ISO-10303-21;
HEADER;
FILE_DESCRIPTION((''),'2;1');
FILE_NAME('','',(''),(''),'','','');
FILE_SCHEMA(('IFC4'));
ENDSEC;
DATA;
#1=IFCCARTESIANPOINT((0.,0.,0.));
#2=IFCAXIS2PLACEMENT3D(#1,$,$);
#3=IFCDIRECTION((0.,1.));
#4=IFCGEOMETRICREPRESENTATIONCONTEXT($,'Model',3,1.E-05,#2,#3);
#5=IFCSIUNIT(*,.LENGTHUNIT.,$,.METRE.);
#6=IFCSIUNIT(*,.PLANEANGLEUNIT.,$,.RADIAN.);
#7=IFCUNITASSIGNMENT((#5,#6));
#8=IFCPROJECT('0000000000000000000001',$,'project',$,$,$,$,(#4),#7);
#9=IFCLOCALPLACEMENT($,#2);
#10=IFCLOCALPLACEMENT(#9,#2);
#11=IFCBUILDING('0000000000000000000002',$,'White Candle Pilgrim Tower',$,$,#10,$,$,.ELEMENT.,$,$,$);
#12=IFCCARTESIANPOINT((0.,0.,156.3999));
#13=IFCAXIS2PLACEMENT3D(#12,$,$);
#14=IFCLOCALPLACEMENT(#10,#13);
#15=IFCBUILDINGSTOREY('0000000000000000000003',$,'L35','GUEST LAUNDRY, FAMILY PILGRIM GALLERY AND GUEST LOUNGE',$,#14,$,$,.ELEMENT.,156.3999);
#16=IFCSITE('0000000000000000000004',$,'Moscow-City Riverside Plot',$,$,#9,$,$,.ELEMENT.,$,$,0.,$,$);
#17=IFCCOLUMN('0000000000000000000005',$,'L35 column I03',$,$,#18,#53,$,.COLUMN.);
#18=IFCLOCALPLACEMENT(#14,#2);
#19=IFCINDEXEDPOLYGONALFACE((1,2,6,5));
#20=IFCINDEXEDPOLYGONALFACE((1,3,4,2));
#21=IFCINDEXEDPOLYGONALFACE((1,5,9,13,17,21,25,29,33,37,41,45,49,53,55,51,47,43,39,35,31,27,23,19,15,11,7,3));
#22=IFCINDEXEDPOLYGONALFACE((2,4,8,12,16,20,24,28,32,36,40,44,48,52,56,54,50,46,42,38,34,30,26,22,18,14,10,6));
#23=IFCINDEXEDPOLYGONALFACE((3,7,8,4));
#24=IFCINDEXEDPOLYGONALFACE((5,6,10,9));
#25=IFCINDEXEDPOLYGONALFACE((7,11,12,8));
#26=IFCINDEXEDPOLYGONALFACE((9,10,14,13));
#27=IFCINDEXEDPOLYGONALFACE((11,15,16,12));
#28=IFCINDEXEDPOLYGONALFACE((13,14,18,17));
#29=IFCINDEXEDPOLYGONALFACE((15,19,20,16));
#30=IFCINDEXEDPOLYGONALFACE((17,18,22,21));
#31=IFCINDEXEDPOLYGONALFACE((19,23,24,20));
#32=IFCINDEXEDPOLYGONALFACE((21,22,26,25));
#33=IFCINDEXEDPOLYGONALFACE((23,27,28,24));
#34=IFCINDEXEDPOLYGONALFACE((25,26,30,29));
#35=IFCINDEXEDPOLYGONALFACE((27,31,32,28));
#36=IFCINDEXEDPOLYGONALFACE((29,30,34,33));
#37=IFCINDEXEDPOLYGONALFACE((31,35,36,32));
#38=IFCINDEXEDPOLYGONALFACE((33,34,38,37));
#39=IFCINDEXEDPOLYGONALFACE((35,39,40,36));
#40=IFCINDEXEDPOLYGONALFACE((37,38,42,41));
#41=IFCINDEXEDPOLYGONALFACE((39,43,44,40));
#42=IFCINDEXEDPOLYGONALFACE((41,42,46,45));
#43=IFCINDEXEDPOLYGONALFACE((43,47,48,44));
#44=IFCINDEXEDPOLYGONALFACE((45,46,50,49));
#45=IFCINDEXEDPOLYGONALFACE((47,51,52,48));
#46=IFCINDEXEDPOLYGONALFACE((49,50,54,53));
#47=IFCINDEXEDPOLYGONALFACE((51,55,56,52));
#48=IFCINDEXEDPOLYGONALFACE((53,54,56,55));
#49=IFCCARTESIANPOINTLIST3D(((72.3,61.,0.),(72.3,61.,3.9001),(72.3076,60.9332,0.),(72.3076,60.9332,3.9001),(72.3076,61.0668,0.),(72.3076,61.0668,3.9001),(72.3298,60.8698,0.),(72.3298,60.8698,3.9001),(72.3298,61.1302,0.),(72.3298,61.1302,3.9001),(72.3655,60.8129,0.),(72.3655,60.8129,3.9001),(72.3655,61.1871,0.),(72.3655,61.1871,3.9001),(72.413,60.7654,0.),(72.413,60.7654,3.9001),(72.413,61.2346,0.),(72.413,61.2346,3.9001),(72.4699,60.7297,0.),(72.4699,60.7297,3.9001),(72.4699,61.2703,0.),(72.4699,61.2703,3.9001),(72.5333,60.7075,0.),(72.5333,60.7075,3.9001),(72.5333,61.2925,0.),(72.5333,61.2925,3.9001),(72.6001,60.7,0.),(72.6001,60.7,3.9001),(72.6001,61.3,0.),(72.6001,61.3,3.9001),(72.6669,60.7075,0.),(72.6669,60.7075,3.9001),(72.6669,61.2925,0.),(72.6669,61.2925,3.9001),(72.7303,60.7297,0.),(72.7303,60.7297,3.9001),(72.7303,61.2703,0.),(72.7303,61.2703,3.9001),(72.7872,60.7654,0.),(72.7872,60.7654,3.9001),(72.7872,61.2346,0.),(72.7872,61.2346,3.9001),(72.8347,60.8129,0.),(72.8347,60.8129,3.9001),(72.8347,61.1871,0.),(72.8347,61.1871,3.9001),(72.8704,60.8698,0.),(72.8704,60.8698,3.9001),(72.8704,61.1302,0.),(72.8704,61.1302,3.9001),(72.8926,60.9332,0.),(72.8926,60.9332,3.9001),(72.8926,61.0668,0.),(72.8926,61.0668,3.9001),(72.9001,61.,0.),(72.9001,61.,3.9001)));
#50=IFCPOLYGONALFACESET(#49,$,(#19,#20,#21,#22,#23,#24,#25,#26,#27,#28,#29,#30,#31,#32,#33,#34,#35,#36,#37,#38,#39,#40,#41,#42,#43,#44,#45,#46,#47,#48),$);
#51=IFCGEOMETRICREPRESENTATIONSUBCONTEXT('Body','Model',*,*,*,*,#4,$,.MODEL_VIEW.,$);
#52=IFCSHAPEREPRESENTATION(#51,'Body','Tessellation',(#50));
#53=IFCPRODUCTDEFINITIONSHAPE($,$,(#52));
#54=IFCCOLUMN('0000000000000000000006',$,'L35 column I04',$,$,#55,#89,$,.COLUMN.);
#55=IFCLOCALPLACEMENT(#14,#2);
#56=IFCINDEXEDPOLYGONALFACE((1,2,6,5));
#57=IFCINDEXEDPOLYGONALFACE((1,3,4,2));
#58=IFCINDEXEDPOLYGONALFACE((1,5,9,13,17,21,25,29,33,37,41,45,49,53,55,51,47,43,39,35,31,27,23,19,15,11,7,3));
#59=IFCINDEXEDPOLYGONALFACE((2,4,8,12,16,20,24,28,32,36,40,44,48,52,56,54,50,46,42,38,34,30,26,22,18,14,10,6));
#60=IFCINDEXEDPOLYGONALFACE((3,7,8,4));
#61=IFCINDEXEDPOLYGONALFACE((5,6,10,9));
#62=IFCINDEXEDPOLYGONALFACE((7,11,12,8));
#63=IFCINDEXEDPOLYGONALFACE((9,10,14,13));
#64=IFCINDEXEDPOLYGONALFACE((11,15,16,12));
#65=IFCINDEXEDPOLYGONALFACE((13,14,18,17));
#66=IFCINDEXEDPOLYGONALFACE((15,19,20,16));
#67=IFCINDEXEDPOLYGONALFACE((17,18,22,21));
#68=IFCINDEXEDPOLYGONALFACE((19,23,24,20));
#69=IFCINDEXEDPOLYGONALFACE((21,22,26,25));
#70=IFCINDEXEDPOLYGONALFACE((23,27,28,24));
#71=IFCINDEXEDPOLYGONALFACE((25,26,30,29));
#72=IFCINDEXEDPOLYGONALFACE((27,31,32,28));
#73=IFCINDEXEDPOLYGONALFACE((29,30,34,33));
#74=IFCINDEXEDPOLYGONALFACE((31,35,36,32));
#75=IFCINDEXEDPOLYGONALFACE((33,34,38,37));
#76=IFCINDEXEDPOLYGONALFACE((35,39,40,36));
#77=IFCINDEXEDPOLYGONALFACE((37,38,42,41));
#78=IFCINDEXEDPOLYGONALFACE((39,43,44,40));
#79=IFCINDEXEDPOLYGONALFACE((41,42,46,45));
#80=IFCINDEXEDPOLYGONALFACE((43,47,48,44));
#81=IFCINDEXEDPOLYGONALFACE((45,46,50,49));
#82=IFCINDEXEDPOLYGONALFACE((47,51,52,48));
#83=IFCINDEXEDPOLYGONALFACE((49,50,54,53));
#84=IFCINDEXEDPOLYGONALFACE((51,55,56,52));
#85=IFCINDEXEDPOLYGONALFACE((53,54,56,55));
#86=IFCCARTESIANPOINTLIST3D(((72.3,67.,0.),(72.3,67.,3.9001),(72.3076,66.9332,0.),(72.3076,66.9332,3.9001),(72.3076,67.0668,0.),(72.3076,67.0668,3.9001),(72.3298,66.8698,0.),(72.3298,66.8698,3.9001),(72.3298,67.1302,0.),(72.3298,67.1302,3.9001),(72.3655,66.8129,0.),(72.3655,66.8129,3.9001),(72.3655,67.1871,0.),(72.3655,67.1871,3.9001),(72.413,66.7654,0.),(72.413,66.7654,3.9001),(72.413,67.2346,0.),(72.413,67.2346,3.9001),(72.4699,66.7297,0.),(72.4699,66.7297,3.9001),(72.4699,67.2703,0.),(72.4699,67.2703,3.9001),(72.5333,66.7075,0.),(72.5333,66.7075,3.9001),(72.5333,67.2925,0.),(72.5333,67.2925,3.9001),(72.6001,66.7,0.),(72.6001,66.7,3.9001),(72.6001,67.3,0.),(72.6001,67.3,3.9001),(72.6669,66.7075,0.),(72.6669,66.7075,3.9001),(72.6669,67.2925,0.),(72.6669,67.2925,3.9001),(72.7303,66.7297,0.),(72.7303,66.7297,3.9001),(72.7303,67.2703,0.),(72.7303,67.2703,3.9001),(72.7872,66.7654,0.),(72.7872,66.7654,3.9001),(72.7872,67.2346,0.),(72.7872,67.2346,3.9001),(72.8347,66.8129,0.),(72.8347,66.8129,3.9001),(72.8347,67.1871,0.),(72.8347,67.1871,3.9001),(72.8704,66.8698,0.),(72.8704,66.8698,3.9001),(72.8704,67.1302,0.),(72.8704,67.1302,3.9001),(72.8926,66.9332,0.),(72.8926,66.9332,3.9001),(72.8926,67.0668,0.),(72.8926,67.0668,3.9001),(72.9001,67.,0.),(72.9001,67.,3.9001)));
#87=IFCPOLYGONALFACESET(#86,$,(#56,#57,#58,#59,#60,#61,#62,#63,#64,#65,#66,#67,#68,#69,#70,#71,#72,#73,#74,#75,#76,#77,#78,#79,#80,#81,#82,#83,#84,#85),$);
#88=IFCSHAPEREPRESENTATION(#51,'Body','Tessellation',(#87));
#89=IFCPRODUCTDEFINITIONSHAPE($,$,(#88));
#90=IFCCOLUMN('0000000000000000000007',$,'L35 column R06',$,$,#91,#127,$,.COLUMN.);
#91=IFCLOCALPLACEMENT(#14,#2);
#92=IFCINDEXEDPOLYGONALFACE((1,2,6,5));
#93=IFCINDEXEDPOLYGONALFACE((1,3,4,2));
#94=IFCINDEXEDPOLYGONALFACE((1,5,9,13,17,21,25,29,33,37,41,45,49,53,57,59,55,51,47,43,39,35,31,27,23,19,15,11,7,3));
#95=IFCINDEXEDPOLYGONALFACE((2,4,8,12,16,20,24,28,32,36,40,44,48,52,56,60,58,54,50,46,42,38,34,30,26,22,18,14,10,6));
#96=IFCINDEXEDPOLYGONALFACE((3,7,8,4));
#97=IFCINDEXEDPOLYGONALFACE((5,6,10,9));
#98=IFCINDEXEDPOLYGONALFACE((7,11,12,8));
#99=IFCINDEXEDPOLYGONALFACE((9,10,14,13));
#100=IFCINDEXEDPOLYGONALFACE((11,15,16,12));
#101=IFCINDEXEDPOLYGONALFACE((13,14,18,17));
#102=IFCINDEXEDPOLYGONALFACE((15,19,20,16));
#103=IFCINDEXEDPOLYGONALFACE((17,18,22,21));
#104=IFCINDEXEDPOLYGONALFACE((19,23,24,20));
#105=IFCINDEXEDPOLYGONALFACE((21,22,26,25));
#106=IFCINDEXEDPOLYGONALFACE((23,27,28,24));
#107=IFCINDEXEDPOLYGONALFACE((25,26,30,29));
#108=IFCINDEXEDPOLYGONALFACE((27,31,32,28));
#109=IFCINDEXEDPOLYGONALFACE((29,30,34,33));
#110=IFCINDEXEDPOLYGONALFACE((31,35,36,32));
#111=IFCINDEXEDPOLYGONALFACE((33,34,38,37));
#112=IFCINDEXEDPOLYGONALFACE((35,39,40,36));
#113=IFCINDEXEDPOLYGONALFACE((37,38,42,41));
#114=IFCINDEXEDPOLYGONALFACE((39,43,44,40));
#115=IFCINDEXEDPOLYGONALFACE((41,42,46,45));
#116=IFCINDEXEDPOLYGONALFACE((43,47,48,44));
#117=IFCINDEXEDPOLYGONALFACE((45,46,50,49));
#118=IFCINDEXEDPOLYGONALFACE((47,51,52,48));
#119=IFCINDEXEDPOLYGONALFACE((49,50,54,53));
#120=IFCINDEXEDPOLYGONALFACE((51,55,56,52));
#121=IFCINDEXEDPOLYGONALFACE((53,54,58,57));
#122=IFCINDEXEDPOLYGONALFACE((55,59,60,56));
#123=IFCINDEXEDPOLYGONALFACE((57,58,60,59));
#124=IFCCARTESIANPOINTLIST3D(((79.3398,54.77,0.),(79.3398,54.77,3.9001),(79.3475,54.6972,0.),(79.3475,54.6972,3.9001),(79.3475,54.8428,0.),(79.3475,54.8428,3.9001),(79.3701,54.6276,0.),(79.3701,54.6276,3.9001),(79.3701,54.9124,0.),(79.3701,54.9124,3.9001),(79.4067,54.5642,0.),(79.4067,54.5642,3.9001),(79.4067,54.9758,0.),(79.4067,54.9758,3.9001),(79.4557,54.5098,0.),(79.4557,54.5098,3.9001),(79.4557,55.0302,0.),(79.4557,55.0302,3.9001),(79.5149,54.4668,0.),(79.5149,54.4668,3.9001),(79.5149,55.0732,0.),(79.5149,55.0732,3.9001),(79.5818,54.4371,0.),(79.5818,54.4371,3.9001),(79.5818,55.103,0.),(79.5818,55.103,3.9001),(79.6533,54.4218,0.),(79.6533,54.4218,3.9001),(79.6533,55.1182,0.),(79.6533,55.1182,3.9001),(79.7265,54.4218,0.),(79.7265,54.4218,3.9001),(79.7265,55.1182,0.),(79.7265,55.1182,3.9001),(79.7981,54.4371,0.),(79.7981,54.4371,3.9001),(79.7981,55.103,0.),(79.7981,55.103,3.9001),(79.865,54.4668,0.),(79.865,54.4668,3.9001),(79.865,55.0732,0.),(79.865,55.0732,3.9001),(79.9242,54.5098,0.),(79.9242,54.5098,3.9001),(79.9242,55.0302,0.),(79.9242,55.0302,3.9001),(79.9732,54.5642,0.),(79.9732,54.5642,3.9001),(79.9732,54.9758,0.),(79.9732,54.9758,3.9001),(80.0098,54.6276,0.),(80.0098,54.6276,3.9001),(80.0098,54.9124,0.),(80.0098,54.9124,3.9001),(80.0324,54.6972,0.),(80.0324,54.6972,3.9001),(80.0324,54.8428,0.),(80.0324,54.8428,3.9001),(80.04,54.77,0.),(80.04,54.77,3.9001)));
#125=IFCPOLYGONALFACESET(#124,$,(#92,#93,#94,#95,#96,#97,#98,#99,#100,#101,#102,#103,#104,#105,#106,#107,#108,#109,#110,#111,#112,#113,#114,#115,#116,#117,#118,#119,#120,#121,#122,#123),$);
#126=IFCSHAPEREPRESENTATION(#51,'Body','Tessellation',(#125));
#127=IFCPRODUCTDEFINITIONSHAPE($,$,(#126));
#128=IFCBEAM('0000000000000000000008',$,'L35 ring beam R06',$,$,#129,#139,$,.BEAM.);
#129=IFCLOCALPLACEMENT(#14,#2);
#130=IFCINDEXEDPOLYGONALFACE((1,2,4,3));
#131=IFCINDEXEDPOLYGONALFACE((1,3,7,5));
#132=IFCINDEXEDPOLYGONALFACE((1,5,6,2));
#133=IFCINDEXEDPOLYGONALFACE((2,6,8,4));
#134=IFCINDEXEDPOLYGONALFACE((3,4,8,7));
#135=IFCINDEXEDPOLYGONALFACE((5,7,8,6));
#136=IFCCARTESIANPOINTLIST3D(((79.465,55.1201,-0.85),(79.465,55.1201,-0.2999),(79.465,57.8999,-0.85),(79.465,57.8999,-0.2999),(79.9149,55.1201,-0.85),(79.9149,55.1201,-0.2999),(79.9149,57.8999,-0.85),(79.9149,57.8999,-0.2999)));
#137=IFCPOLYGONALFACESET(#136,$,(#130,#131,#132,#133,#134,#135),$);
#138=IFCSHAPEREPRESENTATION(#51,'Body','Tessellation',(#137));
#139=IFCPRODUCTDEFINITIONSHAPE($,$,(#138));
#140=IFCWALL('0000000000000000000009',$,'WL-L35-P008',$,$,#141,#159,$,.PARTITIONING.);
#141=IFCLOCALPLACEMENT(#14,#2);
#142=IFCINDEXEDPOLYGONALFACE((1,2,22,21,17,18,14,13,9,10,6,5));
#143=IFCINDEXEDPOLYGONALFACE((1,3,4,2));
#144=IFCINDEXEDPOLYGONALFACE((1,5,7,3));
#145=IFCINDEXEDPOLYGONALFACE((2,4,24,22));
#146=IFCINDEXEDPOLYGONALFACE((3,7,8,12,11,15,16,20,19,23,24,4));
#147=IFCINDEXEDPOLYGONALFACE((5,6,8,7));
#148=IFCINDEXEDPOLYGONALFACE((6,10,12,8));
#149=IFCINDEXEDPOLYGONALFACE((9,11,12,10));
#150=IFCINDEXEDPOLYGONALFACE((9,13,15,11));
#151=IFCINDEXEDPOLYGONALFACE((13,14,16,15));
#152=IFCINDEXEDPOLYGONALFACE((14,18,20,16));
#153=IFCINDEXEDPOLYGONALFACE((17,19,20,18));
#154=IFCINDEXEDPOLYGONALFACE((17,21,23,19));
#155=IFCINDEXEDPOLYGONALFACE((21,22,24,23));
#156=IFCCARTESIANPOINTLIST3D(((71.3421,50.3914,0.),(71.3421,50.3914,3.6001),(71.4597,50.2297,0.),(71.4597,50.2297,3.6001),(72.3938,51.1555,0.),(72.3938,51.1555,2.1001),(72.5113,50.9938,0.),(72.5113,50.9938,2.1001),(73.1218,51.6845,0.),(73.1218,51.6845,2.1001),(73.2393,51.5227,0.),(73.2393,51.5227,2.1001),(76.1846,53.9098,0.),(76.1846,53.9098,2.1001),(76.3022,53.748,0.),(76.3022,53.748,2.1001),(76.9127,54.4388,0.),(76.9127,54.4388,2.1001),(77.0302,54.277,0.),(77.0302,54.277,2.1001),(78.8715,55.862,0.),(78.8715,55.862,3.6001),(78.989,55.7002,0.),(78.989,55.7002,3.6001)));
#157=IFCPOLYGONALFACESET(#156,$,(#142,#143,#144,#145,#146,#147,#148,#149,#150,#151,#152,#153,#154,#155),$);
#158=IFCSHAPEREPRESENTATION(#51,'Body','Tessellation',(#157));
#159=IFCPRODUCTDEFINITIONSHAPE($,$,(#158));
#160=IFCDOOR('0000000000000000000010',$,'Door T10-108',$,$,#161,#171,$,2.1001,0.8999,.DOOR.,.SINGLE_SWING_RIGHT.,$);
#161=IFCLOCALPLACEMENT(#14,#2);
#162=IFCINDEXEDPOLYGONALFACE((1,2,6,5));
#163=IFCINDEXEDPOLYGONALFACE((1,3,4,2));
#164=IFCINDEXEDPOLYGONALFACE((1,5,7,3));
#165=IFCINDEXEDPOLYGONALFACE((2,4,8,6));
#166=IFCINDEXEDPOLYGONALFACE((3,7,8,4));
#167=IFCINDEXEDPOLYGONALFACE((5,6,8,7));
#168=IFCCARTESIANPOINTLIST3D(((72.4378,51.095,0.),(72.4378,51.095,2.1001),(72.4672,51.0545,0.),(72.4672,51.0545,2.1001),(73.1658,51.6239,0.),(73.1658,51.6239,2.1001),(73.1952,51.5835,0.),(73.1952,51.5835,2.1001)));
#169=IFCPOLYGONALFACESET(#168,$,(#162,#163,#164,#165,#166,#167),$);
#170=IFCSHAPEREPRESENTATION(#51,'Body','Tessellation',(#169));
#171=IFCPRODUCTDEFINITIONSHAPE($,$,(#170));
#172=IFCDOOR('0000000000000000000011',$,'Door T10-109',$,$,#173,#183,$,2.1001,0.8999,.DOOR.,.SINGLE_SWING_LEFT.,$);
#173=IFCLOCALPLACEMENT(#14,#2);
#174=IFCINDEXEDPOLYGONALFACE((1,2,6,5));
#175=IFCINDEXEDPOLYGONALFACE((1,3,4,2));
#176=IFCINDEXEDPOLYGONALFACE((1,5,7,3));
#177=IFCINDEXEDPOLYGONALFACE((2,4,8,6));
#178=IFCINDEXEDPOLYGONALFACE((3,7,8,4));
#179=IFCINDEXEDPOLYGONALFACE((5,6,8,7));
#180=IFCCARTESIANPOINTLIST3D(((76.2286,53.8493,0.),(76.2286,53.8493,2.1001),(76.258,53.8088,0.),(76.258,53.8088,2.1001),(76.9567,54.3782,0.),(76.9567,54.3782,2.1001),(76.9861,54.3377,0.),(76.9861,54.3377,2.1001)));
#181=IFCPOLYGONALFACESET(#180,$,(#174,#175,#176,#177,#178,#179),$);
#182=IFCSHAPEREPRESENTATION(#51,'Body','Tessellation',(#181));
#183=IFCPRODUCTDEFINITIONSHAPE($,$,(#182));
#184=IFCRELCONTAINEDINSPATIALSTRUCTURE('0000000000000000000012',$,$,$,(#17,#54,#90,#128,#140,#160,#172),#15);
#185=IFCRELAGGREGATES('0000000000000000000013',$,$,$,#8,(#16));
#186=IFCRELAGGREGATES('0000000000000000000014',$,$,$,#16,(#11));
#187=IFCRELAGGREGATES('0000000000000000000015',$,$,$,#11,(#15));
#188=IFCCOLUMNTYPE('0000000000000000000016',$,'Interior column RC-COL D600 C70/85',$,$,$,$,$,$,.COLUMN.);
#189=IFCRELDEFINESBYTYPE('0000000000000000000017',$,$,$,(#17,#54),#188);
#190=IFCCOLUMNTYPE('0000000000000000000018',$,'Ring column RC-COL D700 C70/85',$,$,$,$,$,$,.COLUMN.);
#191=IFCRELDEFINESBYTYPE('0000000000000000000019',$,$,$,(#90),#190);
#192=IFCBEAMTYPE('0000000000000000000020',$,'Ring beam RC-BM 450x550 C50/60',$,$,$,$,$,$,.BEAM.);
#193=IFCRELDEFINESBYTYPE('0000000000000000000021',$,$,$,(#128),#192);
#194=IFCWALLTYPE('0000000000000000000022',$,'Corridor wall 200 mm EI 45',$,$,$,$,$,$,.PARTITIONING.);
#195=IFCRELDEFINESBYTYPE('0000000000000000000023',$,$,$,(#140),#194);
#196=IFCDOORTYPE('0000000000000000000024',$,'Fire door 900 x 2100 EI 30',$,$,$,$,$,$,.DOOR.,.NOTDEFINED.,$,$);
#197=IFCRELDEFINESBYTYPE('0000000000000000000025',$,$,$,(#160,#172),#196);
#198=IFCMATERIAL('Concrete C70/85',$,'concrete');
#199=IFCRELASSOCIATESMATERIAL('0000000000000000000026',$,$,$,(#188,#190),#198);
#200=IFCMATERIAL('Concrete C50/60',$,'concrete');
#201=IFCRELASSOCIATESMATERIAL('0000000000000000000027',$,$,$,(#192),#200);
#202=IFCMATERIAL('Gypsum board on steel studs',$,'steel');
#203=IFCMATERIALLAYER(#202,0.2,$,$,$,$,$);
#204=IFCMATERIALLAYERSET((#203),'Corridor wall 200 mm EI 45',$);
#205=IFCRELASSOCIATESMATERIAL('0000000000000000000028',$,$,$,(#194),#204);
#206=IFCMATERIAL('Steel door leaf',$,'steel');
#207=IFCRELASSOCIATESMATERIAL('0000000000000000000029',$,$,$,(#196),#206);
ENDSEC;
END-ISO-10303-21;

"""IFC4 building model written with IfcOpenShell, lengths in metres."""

from ifc_helpers import new_model, si_unit, direction, frame, frame_2d, origin, origin_2d, place, context, subcontext, project, spatial, rectangle, circle, extrude, material, layer, layer_set, material_profile, profile_set, type_object, element, fill, save


model = new_model("IFC4")

# Units and contexts
model_context = context("Model", 3, precision=1e-05, world=origin(), true_north=direction((0.0, 1.0)))
body_context = subcontext(model_context, "Body", "Model", "MODEL_VIEW")
ifc_project = project(units=[si_unit("LENGTHUNIT", "METRE"), si_unit("PLANEANGLEUNIT", "RADIAN")], contexts=[model_context])

# Site, building, storey
site_placement = place(None, origin())
site = spatial("IfcSite", under=ifc_project, at=site_placement, Name="Moscow-City Riverside Plot", CompositionType="ELEMENT", RefElevation=0.0)
building_placement = place(site_placement, origin())
building = spatial("IfcBuilding", under=site, at=building_placement, Name="White Candle Pilgrim Tower", CompositionType="ELEMENT")
storey_placement = place(building_placement, frame((0.0, 0.0, 156.3999)))
storey = spatial("IfcBuildingStorey", under=building, at=storey_placement, Name="L35", Description="GUEST LAUNDRY, FAMILY PILGRIM GALLERY AND GUEST LOUNGE", CompositionType="ELEMENT", Elevation=156.3999)

# Columns
ifc_material_1 = material(Name="Concrete C70/85", Category="concrete")
ifc_material_profile_1 = material_profile(ifc_material_1, circle(Radius=0.3, at=origin_2d()), Name="RC-COL D600")
ifc_profile_set_1 = profile_set([ifc_material_profile_1], Name="Concrete C70/85")
column_type_1 = type_object("IfcColumnType", Name="Interior column RC-COL D600 C70/85", PredefinedType="COLUMN", material=ifc_profile_set_1)
for number, where, z_axis, x_axis, name in (
    (1, (72.6001, 61.0, 0.0), (0.0, 0.0, 1.0), (1.0, 0.0, 0.0), "L35 column I03"),
    (2, (72.6001, 67.0, 0.0), (0.0, 0.0, 1.0), (1.0, 0.0, 0.0), "L35 column I04"),
):
    element("IfcColumn", number, at=place(storey_placement, frame(where, z_axis=z_axis, x_axis=x_axis)), inside=storey, type_object=column_type_1, Name=name, PredefinedType="COLUMN", context=body_context, shape_type="SweptSolid", body=[
        extrude(circle(Radius=0.3, at=origin_2d()), origin(), (0.0, 0.0, 1.0), 3.9001),
    ])
ifc_material_profile_2 = material_profile(ifc_material_1, circle(Radius=0.3501, at=origin_2d()), Name="RC-COL D700")
ifc_profile_set_2 = profile_set([ifc_material_profile_2], Name="Concrete C70/85")
column_type_2 = type_object("IfcColumnType", Name="Ring column RC-COL D700 C70/85", PredefinedType="COLUMN", material=ifc_profile_set_2)
column_placement = place(storey_placement, frame((79.6899, 54.77, 0.0), z_axis=(0.0, 0.0, 1.0), x_axis=(1.0, 0.0, 0.0)))
element("IfcColumn", 3, at=column_placement, inside=storey, type_object=column_type_2, Name="L35 column R06", PredefinedType="COLUMN", context=body_context, shape_type="SweptSolid", body=[
    extrude(circle(Radius=0.3501, at=origin_2d()), origin(), (0.0, 0.0, 1.0), 3.9001),
])

# Beam
ifc_material_2 = material(Name="Concrete C50/60", Category="concrete")
ifc_material_profile_3 = material_profile(ifc_material_2, rectangle(XDim=0.45, YDim=0.55, at=origin_2d()), Name="RC-BM 450x550")
ifc_profile_set_3 = profile_set([ifc_material_profile_3], Name="Concrete C50/60")
beam_type = type_object("IfcBeamType", Name="Ring beam RC-BM 450x550 C50/60", PredefinedType="BEAM", material=ifc_profile_set_3)
beam_placement = place(storey_placement, frame((79.6899, 55.1201, -0.575), z_axis=(0.0, 1.0, 0.0), x_axis=(-1.0, 0.0, 0.0)))
element("IfcBeam", 4, at=beam_placement, inside=storey, type_object=beam_type, Name="L35 ring beam R06", PredefinedType="BEAM", context=body_context, shape_type="SweptSolid", body=[
    extrude(rectangle(XDim=0.45, YDim=0.55, at=origin_2d()), origin(), (0.0, 0.0, 1.0), 2.7798),
])

# Wall, openings, doors
ifc_material_3 = material(Name="Gypsum board on steel studs", Category="steel")
ifc_layer_1 = layer(ifc_material_3, 0.2)
ifc_layer_set_1 = layer_set([ifc_layer_1], Name="Corridor wall 200 mm EI 45")
wall_type_1 = type_object("IfcWallType", Name="Corridor wall 200 mm EI 45", PredefinedType="PARTITIONING", material=ifc_layer_set_1)
wall_1_placement = place(storey_placement, frame((78.9302, 55.781, 0.0), z_axis=(0.0, 0.0, 1.0), x_axis=(-0.809012, -0.587793, 0.0)))
wall_1 = element("IfcWall", 5, at=wall_1_placement, inside=storey, type_object=wall_type_1, Name="WL-L35-P008", PredefinedType="PARTITIONING", context=body_context, shape_type="SweptSolid", body=[
    extrude(rectangle(XDim=9.3069, YDim=0.2, at=frame_2d((4.6533, 0.0))), origin(), (0.0, 0.0, 1.0), 3.6001),
])
opening_1_placement = place(wall_1_placement, frame((7.1069, 0.0, 0.0)))
opening_1 = element("IfcOpeningElement", 6, at=opening_1_placement, cuts=wall_1, PredefinedType="OPENING", context=body_context, shape_type="SweptSolid", body=[
    extrude(rectangle(XDim=0.8999, YDim=2.1001, at=frame_2d((0.45, 1.05))), frame((0.0, 0.1099, 0.0), z_axis=(0.0, -1.0, 0.0), x_axis=(1.0, 0.0, 0.0)), (0.0, 0.0, 1.0), 0.22),
])
opening_2_placement = place(wall_1_placement, frame((2.4211, 0.0, 0.0)))
opening_2 = element("IfcOpeningElement", 7, at=opening_2_placement, cuts=wall_1, PredefinedType="OPENING", context=body_context, shape_type="SweptSolid", body=[
    extrude(rectangle(XDim=0.8999, YDim=2.1001, at=frame_2d((0.45, 1.05))), frame((0.0, 0.1099, 0.0), z_axis=(0.0, -1.0, 0.0), x_axis=(1.0, 0.0, 0.0)), (0.0, 0.0, 1.0), 0.22),
])
ifc_material_4 = material(Name="Steel door leaf", Category="steel")
door_type_1 = type_object("IfcDoorType", Name="Fire door 900 x 2100 EI 30", OperationType="NOTDEFINED", PredefinedType="DOOR", material=ifc_material_4)
door_1_placement = place(opening_1_placement, origin())
door_1 = element("IfcDoor", 8, at=door_1_placement, inside=storey, type_object=door_type_1, Name="Door T10-108", OperationType="SINGLE_SWING_RIGHT", OverallHeight=2.1001, OverallWidth=0.8999, PredefinedType="DOOR", context=body_context, shape_type="SweptSolid", body=[
    extrude(rectangle(XDim=0.8999, YDim=2.1001, at=frame_2d((0.45, 1.05))), frame((0.0, 0.0249, 0.0), z_axis=(0.0, -1.0, 0.0), x_axis=(1.0, 0.0, 0.0)), (0.0, 0.0, 1.0), 0.05),
])
fill(opening_1, door_1)
door_2_placement = place(opening_2_placement, origin())
door_2 = element("IfcDoor", 9, at=door_2_placement, inside=storey, type_object=door_type_1, Name="Door T10-109", OperationType="SINGLE_SWING_LEFT", OverallHeight=2.1001, OverallWidth=0.8999, PredefinedType="DOOR", context=body_context, shape_type="SweptSolid", body=[
    extrude(rectangle(XDim=0.8999, YDim=2.1001, at=frame_2d((0.45, 1.05))), frame((0.0, 0.0249, 0.0), z_axis=(0.0, -1.0, 0.0), x_axis=(1.0, 0.0, 0.0)), (0.0, 0.0, 1.0), 0.05),
])
fill(opening_2, door_2)

save(model, "model.ifc")
